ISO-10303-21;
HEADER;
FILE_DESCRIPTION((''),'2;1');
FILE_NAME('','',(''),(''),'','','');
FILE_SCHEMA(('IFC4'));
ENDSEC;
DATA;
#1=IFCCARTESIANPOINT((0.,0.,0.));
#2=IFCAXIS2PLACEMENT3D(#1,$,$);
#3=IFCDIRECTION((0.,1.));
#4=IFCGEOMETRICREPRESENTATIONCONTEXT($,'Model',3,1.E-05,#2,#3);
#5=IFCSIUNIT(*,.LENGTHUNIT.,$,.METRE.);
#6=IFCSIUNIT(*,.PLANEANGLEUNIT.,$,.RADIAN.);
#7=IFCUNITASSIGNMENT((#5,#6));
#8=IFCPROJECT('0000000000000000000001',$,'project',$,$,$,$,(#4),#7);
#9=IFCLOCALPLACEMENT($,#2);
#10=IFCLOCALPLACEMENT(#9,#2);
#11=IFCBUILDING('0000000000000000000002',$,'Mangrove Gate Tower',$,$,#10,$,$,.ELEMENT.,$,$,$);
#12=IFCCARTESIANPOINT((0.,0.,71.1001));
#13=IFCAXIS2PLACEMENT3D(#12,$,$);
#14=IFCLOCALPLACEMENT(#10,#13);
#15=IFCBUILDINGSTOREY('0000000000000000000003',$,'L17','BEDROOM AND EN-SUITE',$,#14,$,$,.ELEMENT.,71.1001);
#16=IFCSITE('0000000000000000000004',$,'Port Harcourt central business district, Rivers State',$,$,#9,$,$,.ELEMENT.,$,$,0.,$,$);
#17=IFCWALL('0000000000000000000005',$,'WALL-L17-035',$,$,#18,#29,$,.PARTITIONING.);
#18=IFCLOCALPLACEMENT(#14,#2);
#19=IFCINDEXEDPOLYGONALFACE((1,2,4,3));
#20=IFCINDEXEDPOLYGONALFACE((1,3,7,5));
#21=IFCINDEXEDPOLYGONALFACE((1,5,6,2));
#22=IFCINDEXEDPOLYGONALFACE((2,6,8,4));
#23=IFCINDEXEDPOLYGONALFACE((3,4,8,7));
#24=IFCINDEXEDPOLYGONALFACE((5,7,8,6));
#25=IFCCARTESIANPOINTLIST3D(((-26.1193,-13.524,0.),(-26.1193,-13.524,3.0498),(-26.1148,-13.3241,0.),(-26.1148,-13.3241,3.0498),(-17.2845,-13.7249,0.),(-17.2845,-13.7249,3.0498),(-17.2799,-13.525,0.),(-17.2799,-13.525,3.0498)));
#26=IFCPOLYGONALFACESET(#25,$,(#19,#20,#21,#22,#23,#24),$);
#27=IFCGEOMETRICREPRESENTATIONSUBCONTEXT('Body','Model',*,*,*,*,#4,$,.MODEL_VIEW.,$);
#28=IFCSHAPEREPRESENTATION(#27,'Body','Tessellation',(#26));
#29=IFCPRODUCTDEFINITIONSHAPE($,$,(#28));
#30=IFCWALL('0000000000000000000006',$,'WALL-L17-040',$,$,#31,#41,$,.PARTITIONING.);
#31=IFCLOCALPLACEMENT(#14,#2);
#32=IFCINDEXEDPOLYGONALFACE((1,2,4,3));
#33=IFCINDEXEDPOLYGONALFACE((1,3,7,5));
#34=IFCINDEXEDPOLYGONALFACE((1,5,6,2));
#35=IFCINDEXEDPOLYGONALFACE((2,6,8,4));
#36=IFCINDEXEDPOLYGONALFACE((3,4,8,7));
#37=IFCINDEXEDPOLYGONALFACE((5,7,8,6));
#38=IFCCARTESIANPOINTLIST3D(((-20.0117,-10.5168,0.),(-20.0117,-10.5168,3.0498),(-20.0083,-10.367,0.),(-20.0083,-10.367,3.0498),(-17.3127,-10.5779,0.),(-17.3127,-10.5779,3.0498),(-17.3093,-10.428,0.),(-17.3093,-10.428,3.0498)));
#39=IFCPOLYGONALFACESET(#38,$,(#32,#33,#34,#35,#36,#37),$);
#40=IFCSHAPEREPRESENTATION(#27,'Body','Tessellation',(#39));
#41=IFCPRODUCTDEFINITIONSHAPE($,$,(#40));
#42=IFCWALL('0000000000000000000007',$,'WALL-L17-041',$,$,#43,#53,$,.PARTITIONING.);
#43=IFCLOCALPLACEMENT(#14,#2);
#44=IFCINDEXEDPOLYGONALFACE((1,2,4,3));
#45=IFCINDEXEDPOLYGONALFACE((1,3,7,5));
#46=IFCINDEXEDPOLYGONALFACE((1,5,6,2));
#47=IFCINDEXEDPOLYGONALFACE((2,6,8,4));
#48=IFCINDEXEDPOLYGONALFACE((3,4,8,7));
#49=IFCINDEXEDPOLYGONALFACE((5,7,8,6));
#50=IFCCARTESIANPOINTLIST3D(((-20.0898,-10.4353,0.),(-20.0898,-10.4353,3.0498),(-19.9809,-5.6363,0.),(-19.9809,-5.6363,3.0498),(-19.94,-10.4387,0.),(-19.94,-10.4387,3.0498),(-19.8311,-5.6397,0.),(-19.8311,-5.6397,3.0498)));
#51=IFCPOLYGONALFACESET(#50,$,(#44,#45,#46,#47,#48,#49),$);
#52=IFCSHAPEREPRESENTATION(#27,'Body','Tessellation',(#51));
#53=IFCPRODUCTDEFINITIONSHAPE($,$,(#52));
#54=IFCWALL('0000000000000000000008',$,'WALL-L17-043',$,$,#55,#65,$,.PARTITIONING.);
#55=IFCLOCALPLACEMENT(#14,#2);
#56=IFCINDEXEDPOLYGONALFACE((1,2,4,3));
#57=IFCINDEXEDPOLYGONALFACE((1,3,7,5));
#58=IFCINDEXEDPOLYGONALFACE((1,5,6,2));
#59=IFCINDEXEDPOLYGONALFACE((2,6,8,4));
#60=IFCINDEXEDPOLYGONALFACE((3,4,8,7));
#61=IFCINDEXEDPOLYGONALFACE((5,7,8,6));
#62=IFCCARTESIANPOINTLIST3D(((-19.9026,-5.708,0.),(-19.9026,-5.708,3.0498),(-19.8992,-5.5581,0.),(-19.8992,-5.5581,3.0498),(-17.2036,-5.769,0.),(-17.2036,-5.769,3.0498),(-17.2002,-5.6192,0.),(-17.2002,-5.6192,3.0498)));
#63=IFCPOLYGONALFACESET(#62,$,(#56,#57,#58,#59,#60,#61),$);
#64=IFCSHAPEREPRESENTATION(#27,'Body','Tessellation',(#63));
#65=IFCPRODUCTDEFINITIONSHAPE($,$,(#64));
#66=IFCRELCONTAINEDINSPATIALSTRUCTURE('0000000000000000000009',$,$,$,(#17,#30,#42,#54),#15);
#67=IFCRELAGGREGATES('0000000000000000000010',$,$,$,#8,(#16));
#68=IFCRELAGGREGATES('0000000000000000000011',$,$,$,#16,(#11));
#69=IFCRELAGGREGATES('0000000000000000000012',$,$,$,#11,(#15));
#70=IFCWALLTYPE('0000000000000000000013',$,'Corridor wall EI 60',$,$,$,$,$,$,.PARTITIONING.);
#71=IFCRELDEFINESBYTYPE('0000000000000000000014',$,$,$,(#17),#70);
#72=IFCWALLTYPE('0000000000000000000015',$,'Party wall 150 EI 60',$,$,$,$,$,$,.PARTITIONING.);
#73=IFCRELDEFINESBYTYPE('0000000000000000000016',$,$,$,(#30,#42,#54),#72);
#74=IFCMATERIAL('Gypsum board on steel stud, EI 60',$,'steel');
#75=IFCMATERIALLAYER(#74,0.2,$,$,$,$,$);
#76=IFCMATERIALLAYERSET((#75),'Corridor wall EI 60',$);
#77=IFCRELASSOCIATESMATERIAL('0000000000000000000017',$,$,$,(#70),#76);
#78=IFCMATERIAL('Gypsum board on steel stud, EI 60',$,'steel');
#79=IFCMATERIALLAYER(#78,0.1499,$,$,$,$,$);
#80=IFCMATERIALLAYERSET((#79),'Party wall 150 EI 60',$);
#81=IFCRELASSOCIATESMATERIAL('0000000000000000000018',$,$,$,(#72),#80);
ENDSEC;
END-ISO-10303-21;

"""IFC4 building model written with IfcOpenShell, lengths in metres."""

from ifc_helpers import new_model, si_unit, direction, frame, frame_2d, origin, place, context, subcontext, project, spatial, rectangle, extrude, material, layer, layer_set, type_object, element, save


model = new_model("IFC4")

# Units and contexts
model_context = context("Model", 3, precision=1e-05, world=origin(), true_north=direction((0.0, 1.0)))
body_context = subcontext(model_context, "Body", "Model", "MODEL_VIEW")
ifc_project = project(units=[si_unit("LENGTHUNIT", "METRE"), si_unit("PLANEANGLEUNIT", "RADIAN")], contexts=[model_context])

# Site, building, storey
site_placement = place(None, origin())
site = spatial("IfcSite", under=ifc_project, at=site_placement, Name="Port Harcourt central business district, Rivers State", CompositionType="ELEMENT", RefElevation=0.0)
building_placement = place(site_placement, origin())
building = spatial("IfcBuilding", under=site, at=building_placement, Name="Mangrove Gate Tower", CompositionType="ELEMENT")
storey_placement = place(building_placement, frame((0.0, 0.0, 71.1001)))
storey = spatial("IfcBuildingStorey", under=building, at=storey_placement, Name="L17", Description="BEDROOM AND EN-SUITE", CompositionType="ELEMENT", Elevation=71.1001)

# Wall
ifc_material_1 = material(Name="Gypsum board on steel stud, EI 60", Category="steel")
ifc_layer_1 = layer(ifc_material_1, 0.2)
ifc_layer_set_1 = layer_set([ifc_layer_1], Name="Corridor wall EI 60")
wall_type_1 = type_object("IfcWallType", Name="Corridor wall EI 60", PredefinedType="PARTITIONING", material=ifc_layer_set_1)
wall_1_placement = place(storey_placement, frame((-26.1169, -13.4241, 0.0), z_axis=(0.0, 0.0, 1.0), x_axis=(0.999741, -0.022736, 0.0)))
element("IfcWall", 1, at=wall_1_placement, inside=storey, type_object=wall_type_1, Name="WALL-L17-035", PredefinedType="PARTITIONING", context=body_context, shape_type="SweptSolid", body=[
    extrude(rectangle(XDim=8.8372, YDim=0.2, at=frame_2d((4.4185, 0.0))), origin(), (0.0, 0.0, 1.0), 3.0498),
])

# Walls
ifc_material_2 = material(Name="Gypsum board on steel stud, EI 60", Category="steel")
ifc_layer_2 = layer(ifc_material_2, 0.1499)
ifc_layer_set_2 = layer_set([ifc_layer_2], Name="Party wall 150 EI 60")
wall_type_2 = type_object("IfcWallType", Name="Party wall 150 EI 60", PredefinedType="PARTITIONING", material=ifc_layer_set_2)
wall_2_placement = place(storey_placement, frame((-20.01, -10.4419, 0.0), z_axis=(0.0, 0.0, 1.0), x_axis=(0.999744, -0.022608, 0.0)))
element("IfcWall", 2, at=wall_2_placement, inside=storey, type_object=wall_type_2, Name="WALL-L17-040", PredefinedType="PARTITIONING", context=body_context, shape_type="SweptSolid", body=[
    extrude(rectangle(XDim=2.6997, YDim=0.1499, at=frame_2d((1.3499, 0.0))), origin(), (0.0, 0.0, 1.0), 3.0498),
])
wall_3_placement = place(storey_placement, frame((-20.0149, -10.437, 0.0), z_axis=(0.0, 0.0, 1.0), x_axis=(0.022683, 0.999743, 0.0)))
element("IfcWall", 3, at=wall_3_placement, inside=storey, type_object=wall_type_2, Name="WALL-L17-041", PredefinedType="PARTITIONING", context=body_context, shape_type="SweptSolid", body=[
    extrude(rectangle(XDim=4.8003, YDim=0.1499, at=frame_2d((2.4001, 0.0))), origin(), (0.0, 0.0, 1.0), 3.0498),
])
wall_4_placement = place(storey_placement, frame((-19.9009, -5.6331, 0.0), z_axis=(0.0, 0.0, 1.0), x_axis=(0.999744, -0.022608, 0.0)))
element("IfcWall", 4, at=wall_4_placement, inside=storey, type_object=wall_type_2, Name="WALL-L17-043", PredefinedType="PARTITIONING", context=body_context, shape_type="SweptSolid", body=[
    extrude(rectangle(XDim=2.6997, YDim=0.1499, at=frame_2d((1.3499, 0.0))), origin(), (0.0, 0.0, 1.0), 3.0498),
])

save(model, "model.ifc")
